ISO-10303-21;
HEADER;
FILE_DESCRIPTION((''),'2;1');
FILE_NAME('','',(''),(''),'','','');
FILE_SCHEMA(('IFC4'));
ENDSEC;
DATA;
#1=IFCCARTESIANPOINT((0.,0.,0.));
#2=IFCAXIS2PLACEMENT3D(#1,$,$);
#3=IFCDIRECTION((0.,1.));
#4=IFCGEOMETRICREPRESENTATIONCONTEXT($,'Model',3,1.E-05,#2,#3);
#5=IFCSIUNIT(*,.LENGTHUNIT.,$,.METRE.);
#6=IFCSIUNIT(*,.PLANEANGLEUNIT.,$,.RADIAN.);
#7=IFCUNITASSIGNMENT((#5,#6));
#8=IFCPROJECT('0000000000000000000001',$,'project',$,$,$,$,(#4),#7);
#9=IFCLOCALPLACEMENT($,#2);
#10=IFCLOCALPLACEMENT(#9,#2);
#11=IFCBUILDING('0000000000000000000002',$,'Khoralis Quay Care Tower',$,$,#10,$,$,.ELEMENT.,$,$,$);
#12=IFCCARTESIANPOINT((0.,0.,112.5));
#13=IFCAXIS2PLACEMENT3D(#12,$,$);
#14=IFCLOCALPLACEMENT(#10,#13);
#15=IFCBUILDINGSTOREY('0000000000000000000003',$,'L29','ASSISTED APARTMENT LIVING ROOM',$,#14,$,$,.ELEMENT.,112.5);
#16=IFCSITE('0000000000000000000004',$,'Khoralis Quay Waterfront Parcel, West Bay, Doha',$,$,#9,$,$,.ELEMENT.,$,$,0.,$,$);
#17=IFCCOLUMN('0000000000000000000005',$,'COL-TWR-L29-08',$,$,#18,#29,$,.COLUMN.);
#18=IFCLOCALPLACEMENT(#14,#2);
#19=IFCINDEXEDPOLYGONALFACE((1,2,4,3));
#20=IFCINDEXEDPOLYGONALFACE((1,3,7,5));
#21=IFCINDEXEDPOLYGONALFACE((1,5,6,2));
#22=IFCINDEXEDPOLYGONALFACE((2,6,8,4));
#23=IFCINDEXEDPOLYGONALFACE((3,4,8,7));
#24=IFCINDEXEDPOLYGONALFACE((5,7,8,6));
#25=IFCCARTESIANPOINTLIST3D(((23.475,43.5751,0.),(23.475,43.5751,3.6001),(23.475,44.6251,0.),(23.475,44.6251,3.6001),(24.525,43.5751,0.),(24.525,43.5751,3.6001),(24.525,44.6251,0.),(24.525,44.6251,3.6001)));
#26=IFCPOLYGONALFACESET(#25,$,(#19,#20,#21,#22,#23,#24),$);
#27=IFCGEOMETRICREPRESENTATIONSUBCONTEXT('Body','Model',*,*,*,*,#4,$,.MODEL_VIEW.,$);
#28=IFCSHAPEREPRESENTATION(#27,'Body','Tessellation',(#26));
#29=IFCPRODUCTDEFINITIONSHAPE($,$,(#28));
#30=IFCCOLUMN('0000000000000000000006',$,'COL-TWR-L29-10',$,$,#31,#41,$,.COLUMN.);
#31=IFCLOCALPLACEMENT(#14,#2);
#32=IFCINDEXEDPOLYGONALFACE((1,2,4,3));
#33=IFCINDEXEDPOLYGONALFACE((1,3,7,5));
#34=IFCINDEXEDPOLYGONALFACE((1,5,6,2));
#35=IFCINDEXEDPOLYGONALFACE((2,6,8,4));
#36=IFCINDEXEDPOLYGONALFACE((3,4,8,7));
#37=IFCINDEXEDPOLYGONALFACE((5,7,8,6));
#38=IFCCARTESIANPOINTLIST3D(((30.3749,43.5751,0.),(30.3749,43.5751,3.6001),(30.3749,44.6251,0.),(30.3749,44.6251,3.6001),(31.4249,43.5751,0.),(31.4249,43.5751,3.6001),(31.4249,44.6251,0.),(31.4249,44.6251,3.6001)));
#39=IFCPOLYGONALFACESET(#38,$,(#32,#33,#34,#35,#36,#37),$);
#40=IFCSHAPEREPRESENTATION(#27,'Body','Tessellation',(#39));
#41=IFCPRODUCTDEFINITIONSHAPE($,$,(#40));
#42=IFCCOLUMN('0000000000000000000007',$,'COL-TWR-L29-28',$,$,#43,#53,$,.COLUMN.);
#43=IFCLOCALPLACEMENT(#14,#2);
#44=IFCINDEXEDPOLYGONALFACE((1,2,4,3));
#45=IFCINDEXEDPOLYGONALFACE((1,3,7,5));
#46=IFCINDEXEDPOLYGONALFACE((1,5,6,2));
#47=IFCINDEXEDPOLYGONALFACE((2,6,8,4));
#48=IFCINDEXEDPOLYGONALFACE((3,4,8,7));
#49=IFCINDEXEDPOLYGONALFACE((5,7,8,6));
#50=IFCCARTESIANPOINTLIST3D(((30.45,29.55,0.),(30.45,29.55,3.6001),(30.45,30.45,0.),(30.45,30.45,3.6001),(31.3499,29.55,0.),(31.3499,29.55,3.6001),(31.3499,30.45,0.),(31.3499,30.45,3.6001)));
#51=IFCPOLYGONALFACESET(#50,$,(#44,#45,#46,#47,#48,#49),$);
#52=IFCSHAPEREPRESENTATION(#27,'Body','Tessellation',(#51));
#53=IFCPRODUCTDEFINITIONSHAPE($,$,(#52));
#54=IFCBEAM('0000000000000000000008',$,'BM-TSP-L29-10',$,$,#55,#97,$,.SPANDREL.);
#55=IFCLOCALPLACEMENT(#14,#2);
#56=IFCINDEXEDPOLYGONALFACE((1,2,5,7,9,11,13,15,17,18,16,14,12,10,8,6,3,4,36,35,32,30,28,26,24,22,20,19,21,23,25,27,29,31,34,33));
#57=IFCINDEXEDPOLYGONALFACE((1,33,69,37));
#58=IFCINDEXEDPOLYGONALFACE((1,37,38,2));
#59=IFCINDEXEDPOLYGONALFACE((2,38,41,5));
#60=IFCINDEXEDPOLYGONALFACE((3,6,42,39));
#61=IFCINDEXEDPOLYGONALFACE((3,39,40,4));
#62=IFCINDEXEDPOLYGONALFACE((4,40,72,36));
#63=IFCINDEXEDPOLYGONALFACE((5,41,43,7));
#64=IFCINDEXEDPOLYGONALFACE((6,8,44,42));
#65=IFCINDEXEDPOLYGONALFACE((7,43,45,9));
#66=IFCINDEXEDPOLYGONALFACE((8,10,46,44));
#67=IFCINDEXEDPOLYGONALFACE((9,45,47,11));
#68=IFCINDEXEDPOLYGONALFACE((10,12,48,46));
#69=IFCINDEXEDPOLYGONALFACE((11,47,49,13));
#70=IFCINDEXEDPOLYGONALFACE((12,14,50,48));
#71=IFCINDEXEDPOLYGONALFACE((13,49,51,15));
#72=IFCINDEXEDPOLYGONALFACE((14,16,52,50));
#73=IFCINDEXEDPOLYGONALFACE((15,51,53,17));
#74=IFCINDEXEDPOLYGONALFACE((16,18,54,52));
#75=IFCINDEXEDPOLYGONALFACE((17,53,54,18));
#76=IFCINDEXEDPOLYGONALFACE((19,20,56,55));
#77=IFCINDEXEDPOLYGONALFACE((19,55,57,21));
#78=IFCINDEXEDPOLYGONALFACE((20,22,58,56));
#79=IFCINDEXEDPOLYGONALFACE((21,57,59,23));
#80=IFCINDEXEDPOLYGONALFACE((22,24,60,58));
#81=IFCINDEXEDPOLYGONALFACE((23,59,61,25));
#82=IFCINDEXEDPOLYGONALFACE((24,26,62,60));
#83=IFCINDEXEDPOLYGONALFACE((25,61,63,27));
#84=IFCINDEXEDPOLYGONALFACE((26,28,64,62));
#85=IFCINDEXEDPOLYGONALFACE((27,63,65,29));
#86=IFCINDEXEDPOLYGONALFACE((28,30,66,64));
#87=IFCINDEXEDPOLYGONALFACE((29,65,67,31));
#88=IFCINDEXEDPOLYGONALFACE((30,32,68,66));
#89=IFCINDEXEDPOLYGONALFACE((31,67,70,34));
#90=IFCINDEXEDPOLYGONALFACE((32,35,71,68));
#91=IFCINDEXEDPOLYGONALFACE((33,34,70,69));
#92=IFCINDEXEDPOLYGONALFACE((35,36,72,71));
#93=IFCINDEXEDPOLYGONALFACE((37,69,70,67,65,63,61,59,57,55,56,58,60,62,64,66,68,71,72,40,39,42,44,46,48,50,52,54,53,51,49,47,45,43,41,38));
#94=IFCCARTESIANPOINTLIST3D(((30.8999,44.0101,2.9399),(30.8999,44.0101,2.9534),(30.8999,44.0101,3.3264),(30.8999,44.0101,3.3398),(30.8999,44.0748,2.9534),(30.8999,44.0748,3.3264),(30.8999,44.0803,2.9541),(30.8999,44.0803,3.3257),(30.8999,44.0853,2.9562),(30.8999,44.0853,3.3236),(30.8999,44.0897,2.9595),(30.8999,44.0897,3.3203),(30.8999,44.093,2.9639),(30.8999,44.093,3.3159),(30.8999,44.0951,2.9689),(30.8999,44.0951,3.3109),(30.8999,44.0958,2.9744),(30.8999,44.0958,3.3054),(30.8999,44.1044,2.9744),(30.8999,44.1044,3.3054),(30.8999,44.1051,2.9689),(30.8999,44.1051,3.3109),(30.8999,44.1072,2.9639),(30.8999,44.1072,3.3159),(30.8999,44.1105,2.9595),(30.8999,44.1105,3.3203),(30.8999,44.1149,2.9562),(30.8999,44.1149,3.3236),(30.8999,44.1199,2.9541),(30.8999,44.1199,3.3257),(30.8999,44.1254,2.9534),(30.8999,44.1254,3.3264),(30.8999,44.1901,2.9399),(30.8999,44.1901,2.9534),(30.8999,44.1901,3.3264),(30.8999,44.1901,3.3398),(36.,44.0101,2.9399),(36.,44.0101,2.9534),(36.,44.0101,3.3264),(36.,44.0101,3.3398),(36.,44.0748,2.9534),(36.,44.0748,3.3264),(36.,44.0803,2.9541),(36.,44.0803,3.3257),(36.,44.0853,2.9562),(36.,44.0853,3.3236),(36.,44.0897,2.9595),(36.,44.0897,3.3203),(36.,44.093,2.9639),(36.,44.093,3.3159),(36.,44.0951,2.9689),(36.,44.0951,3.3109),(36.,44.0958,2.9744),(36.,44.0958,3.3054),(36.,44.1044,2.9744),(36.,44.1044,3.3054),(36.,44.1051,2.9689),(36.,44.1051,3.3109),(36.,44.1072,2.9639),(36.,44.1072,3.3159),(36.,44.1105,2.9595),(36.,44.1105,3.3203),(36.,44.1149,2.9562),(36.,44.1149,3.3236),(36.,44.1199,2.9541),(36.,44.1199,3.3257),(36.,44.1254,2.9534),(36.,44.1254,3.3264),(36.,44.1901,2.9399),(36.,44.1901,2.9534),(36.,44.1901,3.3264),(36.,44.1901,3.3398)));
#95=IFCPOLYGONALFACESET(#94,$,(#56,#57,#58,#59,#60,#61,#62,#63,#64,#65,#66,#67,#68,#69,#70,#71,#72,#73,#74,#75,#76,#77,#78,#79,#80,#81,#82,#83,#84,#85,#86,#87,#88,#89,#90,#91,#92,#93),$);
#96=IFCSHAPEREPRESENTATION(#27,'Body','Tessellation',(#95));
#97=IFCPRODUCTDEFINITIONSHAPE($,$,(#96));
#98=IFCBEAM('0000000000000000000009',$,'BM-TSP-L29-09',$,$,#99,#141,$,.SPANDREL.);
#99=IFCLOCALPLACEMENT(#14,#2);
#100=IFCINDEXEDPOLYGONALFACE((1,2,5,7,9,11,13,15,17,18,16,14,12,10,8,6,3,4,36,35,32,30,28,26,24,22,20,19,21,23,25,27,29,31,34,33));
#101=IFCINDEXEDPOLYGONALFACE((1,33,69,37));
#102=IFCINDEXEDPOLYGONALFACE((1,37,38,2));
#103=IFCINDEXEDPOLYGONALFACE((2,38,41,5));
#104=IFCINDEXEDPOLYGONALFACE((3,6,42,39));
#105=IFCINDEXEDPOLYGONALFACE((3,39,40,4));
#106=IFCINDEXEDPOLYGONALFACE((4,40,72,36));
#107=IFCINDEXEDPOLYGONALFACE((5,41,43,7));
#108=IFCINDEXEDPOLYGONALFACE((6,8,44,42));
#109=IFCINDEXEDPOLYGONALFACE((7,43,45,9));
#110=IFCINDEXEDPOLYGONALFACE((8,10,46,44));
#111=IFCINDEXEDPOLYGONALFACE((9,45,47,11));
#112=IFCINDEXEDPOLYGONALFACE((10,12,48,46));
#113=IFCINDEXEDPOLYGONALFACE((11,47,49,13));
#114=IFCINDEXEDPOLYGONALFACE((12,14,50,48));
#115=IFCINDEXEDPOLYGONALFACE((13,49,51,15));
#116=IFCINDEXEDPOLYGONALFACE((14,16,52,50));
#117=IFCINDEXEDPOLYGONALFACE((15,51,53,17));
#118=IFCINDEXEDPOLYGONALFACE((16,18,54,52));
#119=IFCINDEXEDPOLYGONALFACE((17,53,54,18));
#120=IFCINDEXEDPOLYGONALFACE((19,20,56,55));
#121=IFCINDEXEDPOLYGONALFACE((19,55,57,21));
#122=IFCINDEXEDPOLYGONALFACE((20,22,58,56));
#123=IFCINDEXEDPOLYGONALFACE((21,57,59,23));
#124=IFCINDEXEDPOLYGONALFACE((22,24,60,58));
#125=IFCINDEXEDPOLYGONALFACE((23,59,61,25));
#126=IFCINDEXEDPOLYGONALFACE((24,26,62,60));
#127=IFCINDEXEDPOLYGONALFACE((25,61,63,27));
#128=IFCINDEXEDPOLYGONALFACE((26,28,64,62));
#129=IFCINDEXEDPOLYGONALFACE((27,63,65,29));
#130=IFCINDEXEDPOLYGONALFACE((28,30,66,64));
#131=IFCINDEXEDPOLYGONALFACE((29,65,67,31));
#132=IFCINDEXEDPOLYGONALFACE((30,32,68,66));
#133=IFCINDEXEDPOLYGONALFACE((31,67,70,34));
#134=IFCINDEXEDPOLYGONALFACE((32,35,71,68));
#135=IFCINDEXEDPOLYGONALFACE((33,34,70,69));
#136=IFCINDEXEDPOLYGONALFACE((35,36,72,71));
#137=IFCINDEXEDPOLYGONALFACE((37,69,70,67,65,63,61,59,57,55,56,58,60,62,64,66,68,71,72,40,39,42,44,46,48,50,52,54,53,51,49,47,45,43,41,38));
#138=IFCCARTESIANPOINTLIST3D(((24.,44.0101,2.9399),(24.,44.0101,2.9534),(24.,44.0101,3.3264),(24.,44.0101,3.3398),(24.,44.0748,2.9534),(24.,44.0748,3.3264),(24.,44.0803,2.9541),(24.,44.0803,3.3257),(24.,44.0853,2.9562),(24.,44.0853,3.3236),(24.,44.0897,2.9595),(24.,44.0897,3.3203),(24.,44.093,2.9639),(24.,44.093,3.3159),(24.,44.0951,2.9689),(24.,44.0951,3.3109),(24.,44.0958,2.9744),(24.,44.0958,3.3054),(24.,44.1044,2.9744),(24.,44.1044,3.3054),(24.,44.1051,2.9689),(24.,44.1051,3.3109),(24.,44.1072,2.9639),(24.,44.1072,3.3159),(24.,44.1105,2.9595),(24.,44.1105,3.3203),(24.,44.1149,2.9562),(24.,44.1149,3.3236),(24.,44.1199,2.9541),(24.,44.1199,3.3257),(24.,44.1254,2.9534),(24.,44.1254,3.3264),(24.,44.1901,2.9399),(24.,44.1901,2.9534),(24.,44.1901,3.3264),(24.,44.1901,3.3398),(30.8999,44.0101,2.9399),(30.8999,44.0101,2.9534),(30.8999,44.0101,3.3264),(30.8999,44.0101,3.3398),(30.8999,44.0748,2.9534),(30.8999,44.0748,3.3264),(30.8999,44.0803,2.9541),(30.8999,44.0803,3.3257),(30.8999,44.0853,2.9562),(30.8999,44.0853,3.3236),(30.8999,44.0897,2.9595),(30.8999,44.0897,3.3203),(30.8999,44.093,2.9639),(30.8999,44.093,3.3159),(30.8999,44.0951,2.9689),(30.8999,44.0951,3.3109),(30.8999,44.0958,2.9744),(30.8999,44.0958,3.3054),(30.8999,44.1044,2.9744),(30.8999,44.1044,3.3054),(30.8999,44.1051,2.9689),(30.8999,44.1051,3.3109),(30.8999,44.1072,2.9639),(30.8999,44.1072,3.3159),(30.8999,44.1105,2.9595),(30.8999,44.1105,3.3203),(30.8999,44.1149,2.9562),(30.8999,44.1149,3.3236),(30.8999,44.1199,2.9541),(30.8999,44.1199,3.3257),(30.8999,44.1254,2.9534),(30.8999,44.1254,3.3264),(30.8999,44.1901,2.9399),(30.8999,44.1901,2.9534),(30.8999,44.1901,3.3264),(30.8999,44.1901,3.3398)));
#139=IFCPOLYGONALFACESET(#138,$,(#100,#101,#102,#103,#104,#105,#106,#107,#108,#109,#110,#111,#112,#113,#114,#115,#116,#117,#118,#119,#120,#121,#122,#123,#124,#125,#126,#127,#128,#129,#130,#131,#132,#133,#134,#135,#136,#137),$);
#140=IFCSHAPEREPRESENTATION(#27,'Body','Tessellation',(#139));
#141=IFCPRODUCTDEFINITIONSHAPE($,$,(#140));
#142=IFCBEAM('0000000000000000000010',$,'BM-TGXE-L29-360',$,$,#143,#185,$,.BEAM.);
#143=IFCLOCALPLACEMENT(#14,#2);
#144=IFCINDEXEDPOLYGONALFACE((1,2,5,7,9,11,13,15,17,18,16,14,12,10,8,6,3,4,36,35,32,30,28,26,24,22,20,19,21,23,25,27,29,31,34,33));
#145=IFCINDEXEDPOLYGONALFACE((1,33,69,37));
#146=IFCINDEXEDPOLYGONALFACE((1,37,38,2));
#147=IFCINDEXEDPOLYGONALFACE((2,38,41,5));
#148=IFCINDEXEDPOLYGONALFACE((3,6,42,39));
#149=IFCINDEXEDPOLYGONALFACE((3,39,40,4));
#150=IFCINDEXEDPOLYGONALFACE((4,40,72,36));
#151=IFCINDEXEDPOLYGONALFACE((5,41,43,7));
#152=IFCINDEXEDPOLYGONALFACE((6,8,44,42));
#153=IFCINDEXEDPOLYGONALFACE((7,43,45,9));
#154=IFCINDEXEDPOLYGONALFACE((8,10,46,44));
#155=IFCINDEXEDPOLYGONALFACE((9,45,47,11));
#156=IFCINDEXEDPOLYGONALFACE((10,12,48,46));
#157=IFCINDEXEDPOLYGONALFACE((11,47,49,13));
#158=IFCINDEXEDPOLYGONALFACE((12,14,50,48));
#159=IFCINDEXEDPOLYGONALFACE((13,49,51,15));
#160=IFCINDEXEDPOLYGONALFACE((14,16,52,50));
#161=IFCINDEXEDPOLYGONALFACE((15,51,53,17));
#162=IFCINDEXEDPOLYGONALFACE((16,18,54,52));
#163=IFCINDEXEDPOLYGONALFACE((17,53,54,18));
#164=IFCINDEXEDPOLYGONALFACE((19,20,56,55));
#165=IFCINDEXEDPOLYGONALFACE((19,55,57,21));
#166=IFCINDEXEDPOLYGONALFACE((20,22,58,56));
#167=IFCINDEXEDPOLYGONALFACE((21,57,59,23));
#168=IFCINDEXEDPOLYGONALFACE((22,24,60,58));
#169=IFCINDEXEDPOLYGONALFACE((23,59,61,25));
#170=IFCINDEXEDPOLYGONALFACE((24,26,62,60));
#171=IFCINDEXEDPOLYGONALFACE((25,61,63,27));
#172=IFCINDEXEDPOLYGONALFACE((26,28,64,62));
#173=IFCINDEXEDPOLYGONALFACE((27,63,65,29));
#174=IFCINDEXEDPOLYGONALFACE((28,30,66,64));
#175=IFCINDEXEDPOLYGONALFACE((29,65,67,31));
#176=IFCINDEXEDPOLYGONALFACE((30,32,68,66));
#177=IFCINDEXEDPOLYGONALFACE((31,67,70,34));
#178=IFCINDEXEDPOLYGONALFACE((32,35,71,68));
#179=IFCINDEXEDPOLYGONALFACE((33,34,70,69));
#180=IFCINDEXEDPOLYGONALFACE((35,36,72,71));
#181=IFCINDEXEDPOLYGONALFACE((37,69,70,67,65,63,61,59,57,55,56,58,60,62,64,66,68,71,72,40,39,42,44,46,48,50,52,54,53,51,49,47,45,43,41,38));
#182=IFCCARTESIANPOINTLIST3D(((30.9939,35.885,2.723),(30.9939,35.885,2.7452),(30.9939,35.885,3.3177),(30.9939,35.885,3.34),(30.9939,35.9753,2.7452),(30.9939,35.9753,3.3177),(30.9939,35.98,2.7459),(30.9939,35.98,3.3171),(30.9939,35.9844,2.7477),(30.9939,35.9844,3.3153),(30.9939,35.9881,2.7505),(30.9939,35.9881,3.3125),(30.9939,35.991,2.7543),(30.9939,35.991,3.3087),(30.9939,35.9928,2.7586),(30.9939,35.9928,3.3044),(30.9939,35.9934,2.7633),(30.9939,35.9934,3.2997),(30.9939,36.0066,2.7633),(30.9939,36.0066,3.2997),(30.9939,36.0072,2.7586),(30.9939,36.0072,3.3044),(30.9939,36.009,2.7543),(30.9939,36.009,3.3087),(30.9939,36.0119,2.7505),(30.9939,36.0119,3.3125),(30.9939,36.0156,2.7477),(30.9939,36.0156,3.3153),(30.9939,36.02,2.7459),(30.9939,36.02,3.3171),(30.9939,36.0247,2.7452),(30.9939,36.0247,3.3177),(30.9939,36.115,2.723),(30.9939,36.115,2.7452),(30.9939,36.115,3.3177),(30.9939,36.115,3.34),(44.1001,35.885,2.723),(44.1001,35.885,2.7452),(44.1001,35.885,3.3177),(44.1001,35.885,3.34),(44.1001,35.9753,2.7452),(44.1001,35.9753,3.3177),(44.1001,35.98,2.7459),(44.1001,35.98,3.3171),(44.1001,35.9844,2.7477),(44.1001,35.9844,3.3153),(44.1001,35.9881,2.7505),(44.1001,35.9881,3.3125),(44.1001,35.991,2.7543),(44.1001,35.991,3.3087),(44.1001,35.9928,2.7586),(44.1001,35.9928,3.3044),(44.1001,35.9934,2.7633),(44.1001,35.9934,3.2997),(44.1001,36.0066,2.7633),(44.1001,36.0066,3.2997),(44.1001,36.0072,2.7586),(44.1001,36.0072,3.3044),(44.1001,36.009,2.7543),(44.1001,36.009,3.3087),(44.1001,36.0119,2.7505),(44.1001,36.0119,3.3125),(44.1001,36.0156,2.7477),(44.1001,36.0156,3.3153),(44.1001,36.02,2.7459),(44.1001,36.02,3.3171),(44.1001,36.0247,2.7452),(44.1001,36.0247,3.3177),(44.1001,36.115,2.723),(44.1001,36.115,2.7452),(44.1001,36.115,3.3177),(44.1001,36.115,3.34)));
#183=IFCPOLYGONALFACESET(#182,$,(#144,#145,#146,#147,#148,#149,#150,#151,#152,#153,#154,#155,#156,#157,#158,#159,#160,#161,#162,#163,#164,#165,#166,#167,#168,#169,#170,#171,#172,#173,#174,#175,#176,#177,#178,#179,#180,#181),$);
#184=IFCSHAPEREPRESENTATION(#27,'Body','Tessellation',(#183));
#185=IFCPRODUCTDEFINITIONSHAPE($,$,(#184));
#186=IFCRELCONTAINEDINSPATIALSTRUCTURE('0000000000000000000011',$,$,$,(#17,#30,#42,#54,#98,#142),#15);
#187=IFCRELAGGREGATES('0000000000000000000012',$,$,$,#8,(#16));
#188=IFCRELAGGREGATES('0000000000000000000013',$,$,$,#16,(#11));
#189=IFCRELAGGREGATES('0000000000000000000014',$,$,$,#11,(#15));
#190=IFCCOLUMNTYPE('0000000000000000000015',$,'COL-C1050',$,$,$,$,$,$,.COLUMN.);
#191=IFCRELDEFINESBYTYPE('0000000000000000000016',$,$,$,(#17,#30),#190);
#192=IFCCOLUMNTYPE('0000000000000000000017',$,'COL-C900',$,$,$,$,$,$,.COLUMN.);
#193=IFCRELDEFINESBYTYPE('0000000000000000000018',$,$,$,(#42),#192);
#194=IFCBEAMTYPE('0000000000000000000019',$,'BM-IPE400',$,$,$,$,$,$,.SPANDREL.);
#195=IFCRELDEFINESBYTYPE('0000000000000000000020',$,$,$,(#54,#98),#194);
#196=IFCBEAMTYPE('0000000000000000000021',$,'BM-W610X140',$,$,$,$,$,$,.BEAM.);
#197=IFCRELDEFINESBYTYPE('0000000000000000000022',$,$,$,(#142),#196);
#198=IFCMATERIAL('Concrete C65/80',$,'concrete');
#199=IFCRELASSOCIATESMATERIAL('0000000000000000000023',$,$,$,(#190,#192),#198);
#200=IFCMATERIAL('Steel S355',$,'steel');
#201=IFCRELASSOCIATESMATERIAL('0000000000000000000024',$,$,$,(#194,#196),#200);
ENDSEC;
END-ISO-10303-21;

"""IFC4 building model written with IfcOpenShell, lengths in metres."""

from ifc_helpers import new_model, si_unit, direction, frame, origin, origin_2d, place, context, subcontext, project, spatial, rectangle, i_section, extrude, source, transform, mapped, material, material_profile, profile_set, type_object, element, save


model = new_model("IFC4")

# Units and contexts
model_context = context("Model", 3, precision=1e-05, world=origin(), true_north=direction((0.0, 1.0)))
body_context = subcontext(model_context, "Body", "Model", "MODEL_VIEW")
ifc_project = project(units=[si_unit("LENGTHUNIT", "METRE"), si_unit("PLANEANGLEUNIT", "RADIAN")], contexts=[model_context])

# Site, building, storey
site_placement = place(None, origin())
site = spatial("IfcSite", under=ifc_project, at=site_placement, Name="Khoralis Quay Waterfront Parcel, West Bay, Doha", CompositionType="ELEMENT", RefElevation=0.0)
building_placement = place(site_placement, origin())
building = spatial("IfcBuilding", under=site, at=building_placement, Name="Khoralis Quay Care Tower", CompositionType="ELEMENT")
storey_placement = place(building_placement, frame((0.0, 0.0, 112.5)))
storey = spatial("IfcBuildingStorey", under=building, at=storey_placement, Name="L29", Description="ASSISTED APARTMENT LIVING ROOM", CompositionType="ELEMENT", Elevation=112.5)

# Columns
ifc_material_1 = material(Name="Concrete C65/80", Category="concrete")
ifc_material_profile_1 = material_profile(ifc_material_1, rectangle(XDim=1.05, YDim=1.05, at=origin_2d()), Name="Concrete C65/80")
ifc_profile_set_1 = profile_set([ifc_material_profile_1], Name="Concrete C65/80")
column_type_1 = type_object("IfcColumnType", Name="COL-C1050", PredefinedType="COLUMN", material=ifc_profile_set_1)
shared_shape_1 = source(origin(), body_context, "Body", "SweptSolid", [
    extrude(rectangle(XDim=1.05, YDim=1.05, at=origin_2d()), origin(), (0.0, 0.0, 1.0), 3.6001),
])
for number, where, z_axis, x_axis, name in (
    (1, (24.0, 44.1001, 0.0), (0.0, 0.0, 1.0), (1.0, 0.0, 0.0), "COL-TWR-L29-08"),
    (2, (30.8999, 44.1001, 0.0), (0.0, 0.0, 1.0), (1.0, 0.0, 0.0), "COL-TWR-L29-10"),
):
    element("IfcColumn", number, at=place(storey_placement, frame(where, z_axis=z_axis, x_axis=x_axis)), inside=storey, type_object=column_type_1, Name=name, PredefinedType="COLUMN", context=body_context, shape_type="MappedRepresentation", body=[
        mapped(shared_shape_1, transform((0.0, 0.0, 0.0), scale=1.0)),
    ])
ifc_material_profile_2 = material_profile(ifc_material_1, rectangle(XDim=0.8999, YDim=0.8999, at=origin_2d()), Name="Concrete C65/80")
ifc_profile_set_2 = profile_set([ifc_material_profile_2], Name="Concrete C65/80")
column_type_2 = type_object("IfcColumnType", Name="COL-C900", PredefinedType="COLUMN", material=ifc_profile_set_2)
shared_shape_2 = source(origin(), body_context, "Body", "SweptSolid", [
    extrude(rectangle(XDim=0.8999, YDim=0.8999, at=origin_2d()), origin(), (0.0, 0.0, 1.0), 3.6001),
])
column_placement = place(storey_placement, frame((30.8999, 30.0, 0.0), z_axis=(0.0, 0.0, 1.0), x_axis=(1.0, 0.0, 0.0)))
element("IfcColumn", 3, at=column_placement, inside=storey, type_object=column_type_2, Name="COL-TWR-L29-28", PredefinedType="COLUMN", context=body_context, shape_type="MappedRepresentation", body=[
    mapped(shared_shape_2, transform((0.0, 0.0, 0.0), scale=1.0)),
])

# Beams
ifc_material_2 = material(Name="Steel S355", Category="steel")
ifc_material_profile_3 = material_profile(ifc_material_2, i_section(OverallWidth=0.1799, OverallDepth=0.3999, WebThickness=0.0085, FlangeThickness=0.0134, FilletRadius=0.021, at=origin_2d()), Name="Steel S355")
ifc_profile_set_3 = profile_set([ifc_material_profile_3], Name="Steel S355")
beam_type_1 = type_object("IfcBeamType", Name="BM-IPE400", PredefinedType="SPANDREL", material=ifc_profile_set_3)
shared_shape_3 = source(origin(), body_context, "Body", "SweptSolid", [
    extrude(i_section(OverallWidth=0.1799, OverallDepth=0.3999, WebThickness=0.0085, FlangeThickness=0.0134, FilletRadius=0.021, at=origin_2d()), origin(), (0.0, 0.0, 1.0), 5.1001),
])
beam_1_placement = place(storey_placement, frame((30.8999, 44.1001, 3.1399), z_axis=(1.0, 0.0, 0.0), x_axis=(0.0, 1.0, 0.0)))
element("IfcBeam", 4, at=beam_1_placement, inside=storey, type_object=beam_type_1, Name="BM-TSP-L29-10", PredefinedType="SPANDREL", context=body_context, shape_type="MappedRepresentation", body=[
    mapped(shared_shape_3, transform((0.0, 0.0, 0.0), scale=1.0)),
])
shared_shape_4 = source(origin(), body_context, "Body", "SweptSolid", [
    extrude(i_section(OverallWidth=0.1799, OverallDepth=0.3999, WebThickness=0.0085, FlangeThickness=0.0134, FilletRadius=0.021, at=origin_2d()), origin(), (0.0, 0.0, 1.0), 6.8999),
])
beam_2_placement = place(storey_placement, frame((24.0, 44.1001, 3.1399), z_axis=(1.0, 0.0, 0.0), x_axis=(0.0, 1.0, 0.0)))
element("IfcBeam", 5, at=beam_2_placement, inside=storey, type_object=beam_type_1, Name="BM-TSP-L29-09", PredefinedType="SPANDREL", context=body_context, shape_type="MappedRepresentation", body=[
    mapped(shared_shape_4, transform((0.0, 0.0, 0.0), scale=1.0)),
])
ifc_material_profile_4 = material_profile(ifc_material_2, i_section(OverallWidth=0.23, OverallDepth=0.6169, WebThickness=0.0132, FlangeThickness=0.0222, FilletRadius=0.0181, at=origin_2d()), Name="Steel S355")
ifc_profile_set_4 = profile_set([ifc_material_profile_4], Name="Steel S355")
beam_type_2 = type_object("IfcBeamType", Name="BM-W610X140", PredefinedType="BEAM", material=ifc_profile_set_4)
shared_shape_5 = source(origin(), body_context, "Body", "SweptSolid", [
    extrude(i_section(OverallWidth=0.23, OverallDepth=0.6169, WebThickness=0.0132, FlangeThickness=0.0222, FilletRadius=0.0181, at=origin_2d()), origin(), (0.0, 0.0, 1.0), 13.1062),
])
beam_3_placement = place(storey_placement, frame((30.9939, 36.0, 3.0315), z_axis=(1.0, 0.0, 0.0), x_axis=(0.0, 1.0, 0.0)))
element("IfcBeam", 6, at=beam_3_placement, inside=storey, type_object=beam_type_2, Name="BM-TGXE-L29-360", PredefinedType="BEAM", context=body_context, shape_type="MappedRepresentation", body=[
    mapped(shared_shape_5, transform((0.0, 0.0, 0.0), scale=1.0)),
])

save(model, "model.ifc")
